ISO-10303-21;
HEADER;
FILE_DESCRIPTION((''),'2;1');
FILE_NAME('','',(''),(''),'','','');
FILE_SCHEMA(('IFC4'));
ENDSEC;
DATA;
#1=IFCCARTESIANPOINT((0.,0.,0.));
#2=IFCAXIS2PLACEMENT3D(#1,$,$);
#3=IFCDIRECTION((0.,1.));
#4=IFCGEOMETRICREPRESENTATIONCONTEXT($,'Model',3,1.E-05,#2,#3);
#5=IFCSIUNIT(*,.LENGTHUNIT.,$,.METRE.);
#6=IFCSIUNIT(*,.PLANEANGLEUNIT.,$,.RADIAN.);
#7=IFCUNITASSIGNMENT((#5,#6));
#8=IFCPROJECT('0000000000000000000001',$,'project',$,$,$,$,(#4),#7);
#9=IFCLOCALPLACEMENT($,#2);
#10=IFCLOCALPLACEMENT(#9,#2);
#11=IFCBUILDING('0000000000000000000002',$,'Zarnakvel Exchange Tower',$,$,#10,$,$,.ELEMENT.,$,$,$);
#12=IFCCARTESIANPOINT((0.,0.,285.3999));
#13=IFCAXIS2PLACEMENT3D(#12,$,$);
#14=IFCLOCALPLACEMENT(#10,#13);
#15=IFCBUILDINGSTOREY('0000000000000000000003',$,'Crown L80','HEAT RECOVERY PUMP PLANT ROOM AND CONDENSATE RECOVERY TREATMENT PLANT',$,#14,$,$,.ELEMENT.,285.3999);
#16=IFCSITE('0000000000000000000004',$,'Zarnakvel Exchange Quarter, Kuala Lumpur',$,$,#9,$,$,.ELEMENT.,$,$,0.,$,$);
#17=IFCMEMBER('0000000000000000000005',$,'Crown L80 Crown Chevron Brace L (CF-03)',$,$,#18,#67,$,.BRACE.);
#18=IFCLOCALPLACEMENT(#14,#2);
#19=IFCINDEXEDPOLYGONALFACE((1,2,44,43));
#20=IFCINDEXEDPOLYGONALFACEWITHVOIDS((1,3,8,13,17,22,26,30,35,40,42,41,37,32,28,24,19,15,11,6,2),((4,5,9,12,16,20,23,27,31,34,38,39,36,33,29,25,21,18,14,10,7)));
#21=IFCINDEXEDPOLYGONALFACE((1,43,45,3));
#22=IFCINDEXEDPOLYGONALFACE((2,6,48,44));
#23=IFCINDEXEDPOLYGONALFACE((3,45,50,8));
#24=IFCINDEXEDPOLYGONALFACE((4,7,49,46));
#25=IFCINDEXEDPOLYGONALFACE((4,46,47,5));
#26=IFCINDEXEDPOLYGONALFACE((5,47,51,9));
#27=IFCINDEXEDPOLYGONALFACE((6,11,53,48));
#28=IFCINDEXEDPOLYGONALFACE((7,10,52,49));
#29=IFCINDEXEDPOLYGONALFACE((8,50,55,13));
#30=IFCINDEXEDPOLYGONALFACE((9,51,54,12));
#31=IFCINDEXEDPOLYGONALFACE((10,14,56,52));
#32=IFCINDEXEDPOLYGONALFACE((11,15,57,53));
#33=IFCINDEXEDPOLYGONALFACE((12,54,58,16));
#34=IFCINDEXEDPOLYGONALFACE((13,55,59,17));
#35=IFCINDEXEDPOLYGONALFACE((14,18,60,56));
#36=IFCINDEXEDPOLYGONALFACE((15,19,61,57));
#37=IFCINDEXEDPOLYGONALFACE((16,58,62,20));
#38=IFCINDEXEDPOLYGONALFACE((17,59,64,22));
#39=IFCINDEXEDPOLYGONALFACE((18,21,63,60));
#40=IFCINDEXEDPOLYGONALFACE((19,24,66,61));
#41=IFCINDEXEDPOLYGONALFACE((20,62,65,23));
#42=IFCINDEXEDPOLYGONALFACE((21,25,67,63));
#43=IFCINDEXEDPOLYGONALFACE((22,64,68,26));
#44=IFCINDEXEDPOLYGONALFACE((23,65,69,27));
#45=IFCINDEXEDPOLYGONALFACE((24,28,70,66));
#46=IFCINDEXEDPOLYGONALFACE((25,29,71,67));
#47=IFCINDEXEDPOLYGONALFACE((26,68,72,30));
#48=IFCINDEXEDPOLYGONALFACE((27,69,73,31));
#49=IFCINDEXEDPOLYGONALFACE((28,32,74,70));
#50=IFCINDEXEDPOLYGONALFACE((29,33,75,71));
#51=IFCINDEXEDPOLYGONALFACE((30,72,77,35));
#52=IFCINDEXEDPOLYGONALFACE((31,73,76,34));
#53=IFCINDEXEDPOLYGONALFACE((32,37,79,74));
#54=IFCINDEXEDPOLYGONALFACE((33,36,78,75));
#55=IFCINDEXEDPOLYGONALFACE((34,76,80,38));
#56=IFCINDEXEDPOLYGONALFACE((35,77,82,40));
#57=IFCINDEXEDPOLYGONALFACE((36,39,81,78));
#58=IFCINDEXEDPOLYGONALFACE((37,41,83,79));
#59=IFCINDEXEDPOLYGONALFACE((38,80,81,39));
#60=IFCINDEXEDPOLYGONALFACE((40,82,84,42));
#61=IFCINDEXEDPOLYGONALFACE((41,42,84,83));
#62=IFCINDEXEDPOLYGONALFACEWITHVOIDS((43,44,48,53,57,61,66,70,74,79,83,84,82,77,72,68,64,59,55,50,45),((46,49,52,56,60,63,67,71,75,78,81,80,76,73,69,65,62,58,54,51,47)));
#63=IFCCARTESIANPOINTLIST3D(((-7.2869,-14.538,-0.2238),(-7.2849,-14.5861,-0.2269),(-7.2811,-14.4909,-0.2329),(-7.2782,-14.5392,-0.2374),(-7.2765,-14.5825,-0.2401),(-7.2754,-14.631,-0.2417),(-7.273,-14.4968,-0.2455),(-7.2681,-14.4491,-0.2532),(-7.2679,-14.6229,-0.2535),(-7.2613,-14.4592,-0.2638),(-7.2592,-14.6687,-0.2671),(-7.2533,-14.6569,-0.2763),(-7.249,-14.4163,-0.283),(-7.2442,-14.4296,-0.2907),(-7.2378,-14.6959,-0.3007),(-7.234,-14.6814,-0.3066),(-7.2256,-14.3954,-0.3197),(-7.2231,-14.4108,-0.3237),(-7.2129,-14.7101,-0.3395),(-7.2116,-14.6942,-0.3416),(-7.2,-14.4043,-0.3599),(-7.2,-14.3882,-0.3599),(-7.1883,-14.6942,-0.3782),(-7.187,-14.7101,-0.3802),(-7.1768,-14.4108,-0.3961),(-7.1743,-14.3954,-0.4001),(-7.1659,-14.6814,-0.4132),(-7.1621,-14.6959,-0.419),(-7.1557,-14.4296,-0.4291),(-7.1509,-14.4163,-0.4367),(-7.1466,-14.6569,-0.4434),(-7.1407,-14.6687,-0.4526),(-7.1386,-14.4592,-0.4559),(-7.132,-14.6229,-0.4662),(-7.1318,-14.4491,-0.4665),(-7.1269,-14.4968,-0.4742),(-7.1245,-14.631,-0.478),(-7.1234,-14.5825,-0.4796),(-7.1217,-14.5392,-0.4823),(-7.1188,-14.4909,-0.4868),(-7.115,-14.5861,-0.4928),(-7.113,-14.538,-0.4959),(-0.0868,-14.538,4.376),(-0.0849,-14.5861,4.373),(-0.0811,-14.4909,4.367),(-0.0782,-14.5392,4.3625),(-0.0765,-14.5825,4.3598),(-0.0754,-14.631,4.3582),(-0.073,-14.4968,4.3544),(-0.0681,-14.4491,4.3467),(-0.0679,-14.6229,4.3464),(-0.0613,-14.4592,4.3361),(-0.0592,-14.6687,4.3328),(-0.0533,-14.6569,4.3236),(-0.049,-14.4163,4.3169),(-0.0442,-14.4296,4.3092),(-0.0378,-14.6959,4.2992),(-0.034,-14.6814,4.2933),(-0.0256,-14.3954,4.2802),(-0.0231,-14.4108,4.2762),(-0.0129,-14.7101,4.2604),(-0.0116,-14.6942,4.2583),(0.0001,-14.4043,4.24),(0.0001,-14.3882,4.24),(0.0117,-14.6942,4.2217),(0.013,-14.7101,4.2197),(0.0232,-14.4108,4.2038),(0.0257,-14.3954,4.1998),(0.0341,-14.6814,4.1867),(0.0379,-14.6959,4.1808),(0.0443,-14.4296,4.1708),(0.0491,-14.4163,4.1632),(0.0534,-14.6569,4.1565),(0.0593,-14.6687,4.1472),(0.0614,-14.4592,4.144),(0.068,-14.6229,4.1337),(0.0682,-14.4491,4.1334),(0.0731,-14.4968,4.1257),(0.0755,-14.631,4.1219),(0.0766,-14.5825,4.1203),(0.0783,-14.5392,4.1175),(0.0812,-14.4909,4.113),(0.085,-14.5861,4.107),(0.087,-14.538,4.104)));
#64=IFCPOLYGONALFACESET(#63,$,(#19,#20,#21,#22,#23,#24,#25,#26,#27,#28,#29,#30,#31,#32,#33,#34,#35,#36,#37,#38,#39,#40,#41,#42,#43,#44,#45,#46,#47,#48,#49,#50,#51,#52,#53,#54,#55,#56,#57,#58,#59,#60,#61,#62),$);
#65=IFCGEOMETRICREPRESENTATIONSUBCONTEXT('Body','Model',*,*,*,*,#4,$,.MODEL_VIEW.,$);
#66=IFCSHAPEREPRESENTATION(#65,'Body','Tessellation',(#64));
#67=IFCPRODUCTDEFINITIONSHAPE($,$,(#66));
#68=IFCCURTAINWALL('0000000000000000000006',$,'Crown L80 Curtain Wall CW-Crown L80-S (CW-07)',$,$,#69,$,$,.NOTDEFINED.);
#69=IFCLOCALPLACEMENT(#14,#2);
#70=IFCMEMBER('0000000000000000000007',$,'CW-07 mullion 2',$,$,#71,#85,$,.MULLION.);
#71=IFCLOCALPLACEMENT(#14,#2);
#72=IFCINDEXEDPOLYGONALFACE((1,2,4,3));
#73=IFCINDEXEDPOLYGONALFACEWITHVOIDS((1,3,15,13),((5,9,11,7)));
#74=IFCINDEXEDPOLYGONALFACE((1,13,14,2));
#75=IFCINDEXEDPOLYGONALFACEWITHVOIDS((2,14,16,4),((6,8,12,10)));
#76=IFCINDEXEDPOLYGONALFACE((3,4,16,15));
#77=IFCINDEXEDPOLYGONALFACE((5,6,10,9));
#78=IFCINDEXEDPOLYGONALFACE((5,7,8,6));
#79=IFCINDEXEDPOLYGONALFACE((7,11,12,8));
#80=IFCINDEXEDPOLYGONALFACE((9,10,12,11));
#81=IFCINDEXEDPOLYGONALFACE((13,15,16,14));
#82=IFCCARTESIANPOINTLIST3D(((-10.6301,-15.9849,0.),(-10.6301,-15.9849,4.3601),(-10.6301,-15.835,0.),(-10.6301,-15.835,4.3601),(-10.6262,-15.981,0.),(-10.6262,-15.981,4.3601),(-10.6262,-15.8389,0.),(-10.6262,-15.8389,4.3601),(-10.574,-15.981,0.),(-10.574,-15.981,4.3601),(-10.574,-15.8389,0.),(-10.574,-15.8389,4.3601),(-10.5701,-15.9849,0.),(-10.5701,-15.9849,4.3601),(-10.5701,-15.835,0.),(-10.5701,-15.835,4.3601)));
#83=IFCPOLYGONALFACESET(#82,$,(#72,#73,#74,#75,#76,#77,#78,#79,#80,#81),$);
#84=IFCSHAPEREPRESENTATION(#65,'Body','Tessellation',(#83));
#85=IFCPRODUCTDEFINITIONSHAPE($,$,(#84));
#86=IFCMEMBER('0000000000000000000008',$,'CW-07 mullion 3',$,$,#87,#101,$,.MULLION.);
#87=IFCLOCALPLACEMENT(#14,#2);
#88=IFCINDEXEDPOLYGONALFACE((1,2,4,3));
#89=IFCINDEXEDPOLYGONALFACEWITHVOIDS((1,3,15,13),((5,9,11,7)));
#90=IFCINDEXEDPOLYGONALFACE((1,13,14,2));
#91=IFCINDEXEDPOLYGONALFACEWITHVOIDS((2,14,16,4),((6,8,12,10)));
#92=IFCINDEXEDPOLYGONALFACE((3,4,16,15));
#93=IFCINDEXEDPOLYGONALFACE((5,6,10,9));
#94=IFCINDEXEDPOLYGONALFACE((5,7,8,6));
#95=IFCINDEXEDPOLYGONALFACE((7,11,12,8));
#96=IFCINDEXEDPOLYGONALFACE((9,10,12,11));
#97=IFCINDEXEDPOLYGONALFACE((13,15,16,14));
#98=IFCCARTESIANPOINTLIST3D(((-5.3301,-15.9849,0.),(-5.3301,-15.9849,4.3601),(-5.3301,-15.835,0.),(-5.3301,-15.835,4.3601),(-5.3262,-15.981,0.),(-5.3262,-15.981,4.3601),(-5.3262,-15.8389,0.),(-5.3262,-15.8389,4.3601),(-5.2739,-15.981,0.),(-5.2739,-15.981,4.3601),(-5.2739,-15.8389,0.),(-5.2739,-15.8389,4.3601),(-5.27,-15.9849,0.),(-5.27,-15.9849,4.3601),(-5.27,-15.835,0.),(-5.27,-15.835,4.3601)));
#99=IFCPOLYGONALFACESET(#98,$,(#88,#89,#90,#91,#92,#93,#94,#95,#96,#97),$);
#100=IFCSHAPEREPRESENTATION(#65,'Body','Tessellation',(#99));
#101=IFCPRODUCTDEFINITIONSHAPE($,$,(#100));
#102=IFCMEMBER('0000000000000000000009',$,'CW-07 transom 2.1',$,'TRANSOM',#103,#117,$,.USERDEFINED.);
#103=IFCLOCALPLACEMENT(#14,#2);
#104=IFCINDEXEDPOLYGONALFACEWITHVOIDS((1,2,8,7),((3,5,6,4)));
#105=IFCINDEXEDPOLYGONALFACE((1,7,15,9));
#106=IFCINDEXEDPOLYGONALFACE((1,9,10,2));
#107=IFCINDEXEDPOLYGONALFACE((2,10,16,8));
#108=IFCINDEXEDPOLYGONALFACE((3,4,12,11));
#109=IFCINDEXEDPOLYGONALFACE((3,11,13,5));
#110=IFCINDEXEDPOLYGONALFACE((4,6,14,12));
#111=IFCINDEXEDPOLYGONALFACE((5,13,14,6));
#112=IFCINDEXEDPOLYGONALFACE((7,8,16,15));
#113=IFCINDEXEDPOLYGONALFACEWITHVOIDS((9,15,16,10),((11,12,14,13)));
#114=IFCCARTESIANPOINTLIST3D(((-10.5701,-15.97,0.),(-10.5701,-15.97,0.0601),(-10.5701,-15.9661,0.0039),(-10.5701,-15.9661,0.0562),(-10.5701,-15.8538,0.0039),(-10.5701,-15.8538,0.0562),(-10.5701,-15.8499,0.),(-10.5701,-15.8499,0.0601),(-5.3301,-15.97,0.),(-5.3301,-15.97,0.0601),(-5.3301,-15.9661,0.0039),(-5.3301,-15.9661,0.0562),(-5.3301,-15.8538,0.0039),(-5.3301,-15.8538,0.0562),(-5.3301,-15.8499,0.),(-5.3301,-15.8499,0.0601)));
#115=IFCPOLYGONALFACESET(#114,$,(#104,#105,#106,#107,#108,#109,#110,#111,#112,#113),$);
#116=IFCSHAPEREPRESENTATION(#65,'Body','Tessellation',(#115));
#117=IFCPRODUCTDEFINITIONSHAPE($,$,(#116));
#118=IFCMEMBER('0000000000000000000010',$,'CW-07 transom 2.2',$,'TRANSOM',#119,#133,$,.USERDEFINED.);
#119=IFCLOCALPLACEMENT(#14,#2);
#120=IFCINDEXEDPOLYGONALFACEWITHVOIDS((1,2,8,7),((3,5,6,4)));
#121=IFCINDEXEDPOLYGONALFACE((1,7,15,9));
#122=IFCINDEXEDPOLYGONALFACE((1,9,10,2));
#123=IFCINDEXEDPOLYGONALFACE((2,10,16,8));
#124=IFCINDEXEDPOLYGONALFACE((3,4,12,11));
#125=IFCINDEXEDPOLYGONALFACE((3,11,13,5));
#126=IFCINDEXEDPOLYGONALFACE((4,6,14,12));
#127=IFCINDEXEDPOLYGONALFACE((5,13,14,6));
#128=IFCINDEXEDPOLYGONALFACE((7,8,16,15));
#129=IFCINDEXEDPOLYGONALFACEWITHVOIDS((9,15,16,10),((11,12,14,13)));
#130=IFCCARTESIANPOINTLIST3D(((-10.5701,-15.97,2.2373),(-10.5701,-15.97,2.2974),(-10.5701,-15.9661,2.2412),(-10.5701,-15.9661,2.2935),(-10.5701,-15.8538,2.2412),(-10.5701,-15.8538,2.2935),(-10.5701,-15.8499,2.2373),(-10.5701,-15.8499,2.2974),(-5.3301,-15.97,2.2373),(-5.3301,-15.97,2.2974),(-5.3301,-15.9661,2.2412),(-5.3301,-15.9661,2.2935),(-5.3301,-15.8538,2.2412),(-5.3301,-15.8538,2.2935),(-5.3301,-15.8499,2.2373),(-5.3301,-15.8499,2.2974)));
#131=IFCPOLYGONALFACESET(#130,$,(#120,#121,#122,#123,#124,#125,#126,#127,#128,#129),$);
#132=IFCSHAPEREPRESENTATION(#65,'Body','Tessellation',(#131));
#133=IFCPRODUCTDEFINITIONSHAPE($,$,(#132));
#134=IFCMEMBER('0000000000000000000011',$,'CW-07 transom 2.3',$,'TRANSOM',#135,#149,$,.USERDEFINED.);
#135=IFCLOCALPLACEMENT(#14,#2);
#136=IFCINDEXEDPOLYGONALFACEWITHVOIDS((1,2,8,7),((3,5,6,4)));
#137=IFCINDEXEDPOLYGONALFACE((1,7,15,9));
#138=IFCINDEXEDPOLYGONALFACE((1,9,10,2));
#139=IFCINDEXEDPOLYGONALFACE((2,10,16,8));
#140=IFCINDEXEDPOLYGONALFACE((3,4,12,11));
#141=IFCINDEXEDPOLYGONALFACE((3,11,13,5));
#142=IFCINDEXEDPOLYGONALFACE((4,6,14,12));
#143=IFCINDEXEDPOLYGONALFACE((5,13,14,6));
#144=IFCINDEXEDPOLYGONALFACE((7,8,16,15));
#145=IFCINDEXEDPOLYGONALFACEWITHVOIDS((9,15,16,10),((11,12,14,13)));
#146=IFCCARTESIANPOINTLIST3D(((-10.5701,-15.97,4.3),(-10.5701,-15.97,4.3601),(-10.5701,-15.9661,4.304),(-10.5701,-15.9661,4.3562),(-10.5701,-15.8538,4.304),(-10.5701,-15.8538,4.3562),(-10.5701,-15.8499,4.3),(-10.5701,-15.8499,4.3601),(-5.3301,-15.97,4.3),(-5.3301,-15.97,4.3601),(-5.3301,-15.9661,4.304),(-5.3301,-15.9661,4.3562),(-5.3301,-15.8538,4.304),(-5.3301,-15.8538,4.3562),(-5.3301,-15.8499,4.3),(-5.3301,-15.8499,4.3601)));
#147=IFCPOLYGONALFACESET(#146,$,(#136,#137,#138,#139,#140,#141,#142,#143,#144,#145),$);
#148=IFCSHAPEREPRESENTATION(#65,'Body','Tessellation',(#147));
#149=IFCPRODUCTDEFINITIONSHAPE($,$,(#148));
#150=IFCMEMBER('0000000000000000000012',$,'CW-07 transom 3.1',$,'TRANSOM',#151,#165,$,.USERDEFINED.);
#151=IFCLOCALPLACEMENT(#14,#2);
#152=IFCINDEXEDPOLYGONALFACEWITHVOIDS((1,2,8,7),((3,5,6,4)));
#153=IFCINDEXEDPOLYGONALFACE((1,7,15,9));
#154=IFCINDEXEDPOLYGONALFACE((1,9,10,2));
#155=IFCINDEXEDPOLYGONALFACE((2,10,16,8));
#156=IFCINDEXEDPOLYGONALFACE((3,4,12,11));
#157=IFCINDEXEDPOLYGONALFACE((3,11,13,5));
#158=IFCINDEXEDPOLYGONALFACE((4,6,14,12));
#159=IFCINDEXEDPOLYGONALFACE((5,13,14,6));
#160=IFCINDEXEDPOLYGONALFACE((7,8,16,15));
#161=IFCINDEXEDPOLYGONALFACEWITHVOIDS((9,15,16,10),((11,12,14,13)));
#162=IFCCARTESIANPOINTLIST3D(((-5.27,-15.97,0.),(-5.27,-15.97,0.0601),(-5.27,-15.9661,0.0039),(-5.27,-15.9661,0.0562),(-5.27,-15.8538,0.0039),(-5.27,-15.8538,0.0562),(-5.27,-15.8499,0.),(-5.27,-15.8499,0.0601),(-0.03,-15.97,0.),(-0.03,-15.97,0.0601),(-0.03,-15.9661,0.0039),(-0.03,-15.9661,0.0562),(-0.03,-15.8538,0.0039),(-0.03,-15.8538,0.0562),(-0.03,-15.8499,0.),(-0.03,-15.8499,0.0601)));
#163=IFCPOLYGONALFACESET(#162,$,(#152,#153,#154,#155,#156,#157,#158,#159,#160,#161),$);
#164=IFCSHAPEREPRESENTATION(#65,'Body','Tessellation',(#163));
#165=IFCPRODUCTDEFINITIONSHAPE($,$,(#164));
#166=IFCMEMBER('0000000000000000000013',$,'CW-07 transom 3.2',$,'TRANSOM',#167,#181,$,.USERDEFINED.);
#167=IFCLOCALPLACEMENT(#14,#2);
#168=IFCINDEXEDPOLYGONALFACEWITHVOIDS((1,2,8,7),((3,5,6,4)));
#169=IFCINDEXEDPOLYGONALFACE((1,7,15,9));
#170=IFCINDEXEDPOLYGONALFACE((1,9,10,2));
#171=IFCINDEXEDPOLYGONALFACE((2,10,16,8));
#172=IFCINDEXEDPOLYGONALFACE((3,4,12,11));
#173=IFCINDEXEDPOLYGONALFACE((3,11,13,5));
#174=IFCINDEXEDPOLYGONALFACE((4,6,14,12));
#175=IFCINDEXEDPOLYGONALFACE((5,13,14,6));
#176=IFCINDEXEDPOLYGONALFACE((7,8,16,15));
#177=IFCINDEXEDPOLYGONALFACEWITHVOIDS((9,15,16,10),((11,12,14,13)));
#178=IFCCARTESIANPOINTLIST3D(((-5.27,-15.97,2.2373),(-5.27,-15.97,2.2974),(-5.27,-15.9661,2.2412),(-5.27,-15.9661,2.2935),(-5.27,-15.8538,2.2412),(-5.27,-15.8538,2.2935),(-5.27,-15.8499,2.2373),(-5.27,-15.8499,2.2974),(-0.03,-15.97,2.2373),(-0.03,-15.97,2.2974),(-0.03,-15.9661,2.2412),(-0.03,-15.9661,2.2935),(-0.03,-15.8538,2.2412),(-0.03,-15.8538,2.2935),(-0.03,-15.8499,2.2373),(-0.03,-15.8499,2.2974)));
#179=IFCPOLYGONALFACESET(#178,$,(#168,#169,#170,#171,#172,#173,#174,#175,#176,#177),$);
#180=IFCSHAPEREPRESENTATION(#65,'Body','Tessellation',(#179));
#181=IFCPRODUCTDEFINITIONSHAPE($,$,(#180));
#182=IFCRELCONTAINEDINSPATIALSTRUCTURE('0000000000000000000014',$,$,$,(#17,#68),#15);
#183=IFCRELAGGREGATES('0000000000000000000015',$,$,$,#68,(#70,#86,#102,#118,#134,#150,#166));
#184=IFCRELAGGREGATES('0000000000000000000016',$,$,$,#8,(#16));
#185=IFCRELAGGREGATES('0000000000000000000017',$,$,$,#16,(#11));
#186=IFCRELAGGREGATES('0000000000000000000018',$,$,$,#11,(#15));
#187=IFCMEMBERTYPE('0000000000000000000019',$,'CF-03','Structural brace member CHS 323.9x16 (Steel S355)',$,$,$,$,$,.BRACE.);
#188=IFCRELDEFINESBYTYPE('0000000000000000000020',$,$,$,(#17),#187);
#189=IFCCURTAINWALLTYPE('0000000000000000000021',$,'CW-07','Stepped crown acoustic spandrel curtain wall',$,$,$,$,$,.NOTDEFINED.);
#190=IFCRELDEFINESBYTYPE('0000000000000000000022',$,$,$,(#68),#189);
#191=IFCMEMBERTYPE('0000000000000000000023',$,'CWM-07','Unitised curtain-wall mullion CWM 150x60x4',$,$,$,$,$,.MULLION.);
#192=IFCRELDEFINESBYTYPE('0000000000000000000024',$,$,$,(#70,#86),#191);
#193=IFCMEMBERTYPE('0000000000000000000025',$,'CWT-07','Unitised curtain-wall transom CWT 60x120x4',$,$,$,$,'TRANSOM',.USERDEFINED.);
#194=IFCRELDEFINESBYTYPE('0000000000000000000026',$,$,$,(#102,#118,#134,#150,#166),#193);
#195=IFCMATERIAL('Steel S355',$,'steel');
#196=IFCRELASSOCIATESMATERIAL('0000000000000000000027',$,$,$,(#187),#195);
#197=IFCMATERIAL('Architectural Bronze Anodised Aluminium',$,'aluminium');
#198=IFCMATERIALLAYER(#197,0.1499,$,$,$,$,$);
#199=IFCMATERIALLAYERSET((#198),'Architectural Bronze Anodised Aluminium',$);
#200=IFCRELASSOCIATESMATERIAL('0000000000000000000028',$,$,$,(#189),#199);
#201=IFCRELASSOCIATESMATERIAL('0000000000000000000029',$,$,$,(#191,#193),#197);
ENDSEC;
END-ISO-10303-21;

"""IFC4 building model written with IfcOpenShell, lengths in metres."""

from ifc_helpers import new_model, si_unit, direction, frame, origin, origin_2d, place, context, subcontext, project, spatial, hollow_rectangle, hollow_circle, extrude, source, transform, mapped, material, layer, layer_set, material_profile, profile_set, type_object, element, aggregate, save


model = new_model("IFC4")

# Units and contexts
model_context = context("Model", 3, precision=1e-05, world=origin(), true_north=direction((0.0, 1.0)))
body_context = subcontext(model_context, "Body", "Model", "MODEL_VIEW")
ifc_project = project(units=[si_unit("LENGTHUNIT", "METRE"), si_unit("PLANEANGLEUNIT", "RADIAN")], contexts=[model_context])

# Site, building, storey
site_placement = place(None, origin())
site = spatial("IfcSite", under=ifc_project, at=site_placement, Name="Zarnakvel Exchange Quarter, Kuala Lumpur", CompositionType="ELEMENT", RefElevation=0.0)
building_placement = place(site_placement, origin())
building = spatial("IfcBuilding", under=site, at=building_placement, Name="Zarnakvel Exchange Tower", CompositionType="ELEMENT")
storey_placement = place(building_placement, frame((0.0, 0.0, 285.3999)))
storey = spatial("IfcBuildingStorey", under=building, at=storey_placement, Name="Crown L80", Description="HEAT RECOVERY PUMP PLANT ROOM AND CONDENSATE RECOVERY TREATMENT PLANT", CompositionType="ELEMENT", Elevation=285.3999)

# Shared definitions
ifc_material_1 = material(Name="Steel S355", Category="steel")

# Member
ifc_material_profile_1 = material_profile(ifc_material_1, hollow_circle(Radius=0.1619, WallThickness=0.0161, at=origin_2d()))
ifc_profile_set_1 = profile_set([ifc_material_profile_1], Name="Steel S355")
member_type_1 = type_object("IfcMemberType", Name="CF-03", Description="Structural brace member CHS 323.9x16 (Steel S355)", PredefinedType="BRACE", material=ifc_profile_set_1)
shared_shape_1 = source(origin(), body_context, "Body", "SweptSolid", [
    extrude(hollow_circle(Radius=0.1619, WallThickness=0.0161, at=origin_2d()), origin(), (0.0, 0.0, 1.0), 8.5439),
])
member_1_placement = place(storey_placement, frame((-7.2, -14.55, -0.3599), z_axis=(0.842702, 0.0, 0.53838), x_axis=(0.0, 1.0, 0.0)))
element("IfcMember", 1, at=member_1_placement, inside=storey, type_object=member_type_1, Name="Crown L80 Crown Chevron Brace L (CF-03)", PredefinedType="BRACE", context=body_context, shape_type="MappedRepresentation", body=[
    mapped(shared_shape_1, transform((0.0, 0.0, 0.0), x_axis=(1.0, 0.0, 0.0), y_axis=(0.0, 1.0, 0.0), z_axis=(0.0, 0.0, 1.0), scale=1.0)),
])

# Curtain wall, members
ifc_material_2 = material(Name="Architectural Bronze Anodised Aluminium", Category="aluminium")
ifc_layer_1 = layer(ifc_material_2, 0.1499)
ifc_layer_set_1 = layer_set([ifc_layer_1], Name="Architectural Bronze Anodised Aluminium")
curtain_wall_type = type_object("IfcCurtainWallType", Name="CW-07", Description="Stepped crown acoustic spandrel curtain wall", PredefinedType="NOTDEFINED", material=ifc_layer_set_1)
curtain_wall_placement = place(storey_placement, origin())
curtain_wall = element("IfcCurtainWall", 2, at=curtain_wall_placement, inside=storey, type_object=curtain_wall_type, Name="Crown L80 Curtain Wall CW-Crown L80-S (CW-07)", PredefinedType="NOTDEFINED")
ifc_material_profile_2 = material_profile(ifc_material_2, hollow_rectangle(XDim=0.1499, YDim=0.0601, WallThickness=0.0039, at=origin_2d()))
ifc_profile_set_2 = profile_set([ifc_material_profile_2], Name="Architectural Bronze Anodised Aluminium")
member_type_2 = type_object("IfcMemberType", Name="CWM-07", Description="Unitised curtain-wall mullion CWM 150x60x4", PredefinedType="MULLION", material=ifc_profile_set_2)
shared_shape_2 = source(origin(), body_context, "Body", "SweptSolid", [
    extrude(hollow_rectangle(XDim=0.1499, YDim=0.0601, WallThickness=0.0039, at=origin_2d()), origin(), (0.0, 0.0, 1.0), 4.3601),
])
member_2_placement = place(storey_placement, frame((-10.6001, -15.9099, 0.0), z_axis=(0.0, 0.0, 1.0), x_axis=(0.0, 1.0, 0.0)))
member_2 = element("IfcMember", 3, at=member_2_placement, type_object=member_type_2, Name="CW-07 mullion 2", PredefinedType="MULLION", context=body_context, shape_type="MappedRepresentation", body=[
    mapped(shared_shape_2, transform((0.0, 0.0, 0.0), x_axis=(1.0, 0.0, 0.0), y_axis=(0.0, 1.0, 0.0), z_axis=(0.0, 0.0, 1.0), scale=1.0)),
])
member_3_placement = place(storey_placement, frame((-5.3, -15.9099, 0.0), z_axis=(0.0, 0.0, 1.0), x_axis=(0.0, 1.0, 0.0)))
member_3 = element("IfcMember", 4, at=member_3_placement, type_object=member_type_2, Name="CW-07 mullion 3", PredefinedType="MULLION", context=body_context, shape_type="MappedRepresentation", body=[
    mapped(shared_shape_2, transform((0.0, 0.0, 0.0), x_axis=(1.0, 0.0, 0.0), y_axis=(0.0, 1.0, 0.0), z_axis=(0.0, 0.0, 1.0), scale=1.0)),
])
ifc_material_profile_3 = material_profile(ifc_material_2, hollow_rectangle(XDim=0.1201, YDim=0.0601, WallThickness=0.0039, at=origin_2d()))
ifc_profile_set_3 = profile_set([ifc_material_profile_3], Name="Architectural Bronze Anodised Aluminium")
member_type_3 = type_object("IfcMemberType", Name="CWT-07", Description="Unitised curtain-wall transom CWT 60x120x4", ElementType="TRANSOM", PredefinedType="USERDEFINED", material=ifc_profile_set_3)
shared_shape_3 = source(origin(), body_context, "Body", "SweptSolid", [
    extrude(hollow_rectangle(XDim=0.1201, YDim=0.0601, WallThickness=0.0039, at=origin_2d()), origin(), (0.0, 0.0, 1.0), 5.24),
])
member_4_placement = place(storey_placement, frame((-10.5701, -15.9099, 0.03), z_axis=(1.0, 0.0, 0.0), x_axis=(0.0, 1.0, 0.0)))
member_4 = element("IfcMember", 5, at=member_4_placement, type_object=member_type_3, Name="CW-07 transom 2.1", ObjectType="TRANSOM", PredefinedType="USERDEFINED", context=body_context, shape_type="MappedRepresentation", body=[
    mapped(shared_shape_3, transform((0.0, 0.0, 0.0), x_axis=(1.0, 0.0, 0.0), y_axis=(0.0, 1.0, 0.0), z_axis=(0.0, 0.0, 1.0), scale=1.0)),
])
member_5_placement = place(storey_placement, frame((-10.5701, -15.9099, 2.2673), z_axis=(1.0, 0.0, 0.0), x_axis=(0.0, 1.0, 0.0)))
member_5 = element("IfcMember", 6, at=member_5_placement, type_object=member_type_3, Name="CW-07 transom 2.2", ObjectType="TRANSOM", PredefinedType="USERDEFINED", context=body_context, shape_type="MappedRepresentation", body=[
    mapped(shared_shape_3, transform((0.0, 0.0, 0.0), x_axis=(1.0, 0.0, 0.0), y_axis=(0.0, 1.0, 0.0), z_axis=(0.0, 0.0, 1.0), scale=1.0)),
])
member_6_placement = place(storey_placement, frame((-10.5701, -15.9099, 4.3301), z_axis=(1.0, 0.0, 0.0), x_axis=(0.0, 1.0, 0.0)))
member_6 = element("IfcMember", 7, at=member_6_placement, type_object=member_type_3, Name="CW-07 transom 2.3", ObjectType="TRANSOM", PredefinedType="USERDEFINED", context=body_context, shape_type="MappedRepresentation", body=[
    mapped(shared_shape_3, transform((0.0, 0.0, 0.0), x_axis=(1.0, 0.0, 0.0), y_axis=(0.0, 1.0, 0.0), z_axis=(0.0, 0.0, 1.0), scale=1.0)),
])
member_7_placement = place(storey_placement, frame((-5.27, -15.9099, 0.03), z_axis=(1.0, 0.0, 0.0), x_axis=(0.0, 1.0, 0.0)))
member_7 = element("IfcMember", 8, at=member_7_placement, type_object=member_type_3, Name="CW-07 transom 3.1", ObjectType="TRANSOM", PredefinedType="USERDEFINED", context=body_context, shape_type="MappedRepresentation", body=[
    mapped(shared_shape_3, transform((0.0, 0.0, 0.0), x_axis=(1.0, 0.0, 0.0), y_axis=(0.0, 1.0, 0.0), z_axis=(0.0, 0.0, 1.0), scale=1.0)),
])
member_8_placement = place(storey_placement, frame((-5.27, -15.9099, 2.2673), z_axis=(1.0, 0.0, 0.0), x_axis=(0.0, 1.0, 0.0)))
member_8 = element("IfcMember", 9, at=member_8_placement, type_object=member_type_3, Name="CW-07 transom 3.2", ObjectType="TRANSOM", PredefinedType="USERDEFINED", context=body_context, shape_type="MappedRepresentation", body=[
    mapped(shared_shape_3, transform((0.0, 0.0, 0.0), x_axis=(1.0, 0.0, 0.0), y_axis=(0.0, 1.0, 0.0), z_axis=(0.0, 0.0, 1.0), scale=1.0)),
])

aggregate(curtain_wall, [member_2, member_3, member_4, member_5, member_6, member_7, member_8])

save(model, "model.ifc")
